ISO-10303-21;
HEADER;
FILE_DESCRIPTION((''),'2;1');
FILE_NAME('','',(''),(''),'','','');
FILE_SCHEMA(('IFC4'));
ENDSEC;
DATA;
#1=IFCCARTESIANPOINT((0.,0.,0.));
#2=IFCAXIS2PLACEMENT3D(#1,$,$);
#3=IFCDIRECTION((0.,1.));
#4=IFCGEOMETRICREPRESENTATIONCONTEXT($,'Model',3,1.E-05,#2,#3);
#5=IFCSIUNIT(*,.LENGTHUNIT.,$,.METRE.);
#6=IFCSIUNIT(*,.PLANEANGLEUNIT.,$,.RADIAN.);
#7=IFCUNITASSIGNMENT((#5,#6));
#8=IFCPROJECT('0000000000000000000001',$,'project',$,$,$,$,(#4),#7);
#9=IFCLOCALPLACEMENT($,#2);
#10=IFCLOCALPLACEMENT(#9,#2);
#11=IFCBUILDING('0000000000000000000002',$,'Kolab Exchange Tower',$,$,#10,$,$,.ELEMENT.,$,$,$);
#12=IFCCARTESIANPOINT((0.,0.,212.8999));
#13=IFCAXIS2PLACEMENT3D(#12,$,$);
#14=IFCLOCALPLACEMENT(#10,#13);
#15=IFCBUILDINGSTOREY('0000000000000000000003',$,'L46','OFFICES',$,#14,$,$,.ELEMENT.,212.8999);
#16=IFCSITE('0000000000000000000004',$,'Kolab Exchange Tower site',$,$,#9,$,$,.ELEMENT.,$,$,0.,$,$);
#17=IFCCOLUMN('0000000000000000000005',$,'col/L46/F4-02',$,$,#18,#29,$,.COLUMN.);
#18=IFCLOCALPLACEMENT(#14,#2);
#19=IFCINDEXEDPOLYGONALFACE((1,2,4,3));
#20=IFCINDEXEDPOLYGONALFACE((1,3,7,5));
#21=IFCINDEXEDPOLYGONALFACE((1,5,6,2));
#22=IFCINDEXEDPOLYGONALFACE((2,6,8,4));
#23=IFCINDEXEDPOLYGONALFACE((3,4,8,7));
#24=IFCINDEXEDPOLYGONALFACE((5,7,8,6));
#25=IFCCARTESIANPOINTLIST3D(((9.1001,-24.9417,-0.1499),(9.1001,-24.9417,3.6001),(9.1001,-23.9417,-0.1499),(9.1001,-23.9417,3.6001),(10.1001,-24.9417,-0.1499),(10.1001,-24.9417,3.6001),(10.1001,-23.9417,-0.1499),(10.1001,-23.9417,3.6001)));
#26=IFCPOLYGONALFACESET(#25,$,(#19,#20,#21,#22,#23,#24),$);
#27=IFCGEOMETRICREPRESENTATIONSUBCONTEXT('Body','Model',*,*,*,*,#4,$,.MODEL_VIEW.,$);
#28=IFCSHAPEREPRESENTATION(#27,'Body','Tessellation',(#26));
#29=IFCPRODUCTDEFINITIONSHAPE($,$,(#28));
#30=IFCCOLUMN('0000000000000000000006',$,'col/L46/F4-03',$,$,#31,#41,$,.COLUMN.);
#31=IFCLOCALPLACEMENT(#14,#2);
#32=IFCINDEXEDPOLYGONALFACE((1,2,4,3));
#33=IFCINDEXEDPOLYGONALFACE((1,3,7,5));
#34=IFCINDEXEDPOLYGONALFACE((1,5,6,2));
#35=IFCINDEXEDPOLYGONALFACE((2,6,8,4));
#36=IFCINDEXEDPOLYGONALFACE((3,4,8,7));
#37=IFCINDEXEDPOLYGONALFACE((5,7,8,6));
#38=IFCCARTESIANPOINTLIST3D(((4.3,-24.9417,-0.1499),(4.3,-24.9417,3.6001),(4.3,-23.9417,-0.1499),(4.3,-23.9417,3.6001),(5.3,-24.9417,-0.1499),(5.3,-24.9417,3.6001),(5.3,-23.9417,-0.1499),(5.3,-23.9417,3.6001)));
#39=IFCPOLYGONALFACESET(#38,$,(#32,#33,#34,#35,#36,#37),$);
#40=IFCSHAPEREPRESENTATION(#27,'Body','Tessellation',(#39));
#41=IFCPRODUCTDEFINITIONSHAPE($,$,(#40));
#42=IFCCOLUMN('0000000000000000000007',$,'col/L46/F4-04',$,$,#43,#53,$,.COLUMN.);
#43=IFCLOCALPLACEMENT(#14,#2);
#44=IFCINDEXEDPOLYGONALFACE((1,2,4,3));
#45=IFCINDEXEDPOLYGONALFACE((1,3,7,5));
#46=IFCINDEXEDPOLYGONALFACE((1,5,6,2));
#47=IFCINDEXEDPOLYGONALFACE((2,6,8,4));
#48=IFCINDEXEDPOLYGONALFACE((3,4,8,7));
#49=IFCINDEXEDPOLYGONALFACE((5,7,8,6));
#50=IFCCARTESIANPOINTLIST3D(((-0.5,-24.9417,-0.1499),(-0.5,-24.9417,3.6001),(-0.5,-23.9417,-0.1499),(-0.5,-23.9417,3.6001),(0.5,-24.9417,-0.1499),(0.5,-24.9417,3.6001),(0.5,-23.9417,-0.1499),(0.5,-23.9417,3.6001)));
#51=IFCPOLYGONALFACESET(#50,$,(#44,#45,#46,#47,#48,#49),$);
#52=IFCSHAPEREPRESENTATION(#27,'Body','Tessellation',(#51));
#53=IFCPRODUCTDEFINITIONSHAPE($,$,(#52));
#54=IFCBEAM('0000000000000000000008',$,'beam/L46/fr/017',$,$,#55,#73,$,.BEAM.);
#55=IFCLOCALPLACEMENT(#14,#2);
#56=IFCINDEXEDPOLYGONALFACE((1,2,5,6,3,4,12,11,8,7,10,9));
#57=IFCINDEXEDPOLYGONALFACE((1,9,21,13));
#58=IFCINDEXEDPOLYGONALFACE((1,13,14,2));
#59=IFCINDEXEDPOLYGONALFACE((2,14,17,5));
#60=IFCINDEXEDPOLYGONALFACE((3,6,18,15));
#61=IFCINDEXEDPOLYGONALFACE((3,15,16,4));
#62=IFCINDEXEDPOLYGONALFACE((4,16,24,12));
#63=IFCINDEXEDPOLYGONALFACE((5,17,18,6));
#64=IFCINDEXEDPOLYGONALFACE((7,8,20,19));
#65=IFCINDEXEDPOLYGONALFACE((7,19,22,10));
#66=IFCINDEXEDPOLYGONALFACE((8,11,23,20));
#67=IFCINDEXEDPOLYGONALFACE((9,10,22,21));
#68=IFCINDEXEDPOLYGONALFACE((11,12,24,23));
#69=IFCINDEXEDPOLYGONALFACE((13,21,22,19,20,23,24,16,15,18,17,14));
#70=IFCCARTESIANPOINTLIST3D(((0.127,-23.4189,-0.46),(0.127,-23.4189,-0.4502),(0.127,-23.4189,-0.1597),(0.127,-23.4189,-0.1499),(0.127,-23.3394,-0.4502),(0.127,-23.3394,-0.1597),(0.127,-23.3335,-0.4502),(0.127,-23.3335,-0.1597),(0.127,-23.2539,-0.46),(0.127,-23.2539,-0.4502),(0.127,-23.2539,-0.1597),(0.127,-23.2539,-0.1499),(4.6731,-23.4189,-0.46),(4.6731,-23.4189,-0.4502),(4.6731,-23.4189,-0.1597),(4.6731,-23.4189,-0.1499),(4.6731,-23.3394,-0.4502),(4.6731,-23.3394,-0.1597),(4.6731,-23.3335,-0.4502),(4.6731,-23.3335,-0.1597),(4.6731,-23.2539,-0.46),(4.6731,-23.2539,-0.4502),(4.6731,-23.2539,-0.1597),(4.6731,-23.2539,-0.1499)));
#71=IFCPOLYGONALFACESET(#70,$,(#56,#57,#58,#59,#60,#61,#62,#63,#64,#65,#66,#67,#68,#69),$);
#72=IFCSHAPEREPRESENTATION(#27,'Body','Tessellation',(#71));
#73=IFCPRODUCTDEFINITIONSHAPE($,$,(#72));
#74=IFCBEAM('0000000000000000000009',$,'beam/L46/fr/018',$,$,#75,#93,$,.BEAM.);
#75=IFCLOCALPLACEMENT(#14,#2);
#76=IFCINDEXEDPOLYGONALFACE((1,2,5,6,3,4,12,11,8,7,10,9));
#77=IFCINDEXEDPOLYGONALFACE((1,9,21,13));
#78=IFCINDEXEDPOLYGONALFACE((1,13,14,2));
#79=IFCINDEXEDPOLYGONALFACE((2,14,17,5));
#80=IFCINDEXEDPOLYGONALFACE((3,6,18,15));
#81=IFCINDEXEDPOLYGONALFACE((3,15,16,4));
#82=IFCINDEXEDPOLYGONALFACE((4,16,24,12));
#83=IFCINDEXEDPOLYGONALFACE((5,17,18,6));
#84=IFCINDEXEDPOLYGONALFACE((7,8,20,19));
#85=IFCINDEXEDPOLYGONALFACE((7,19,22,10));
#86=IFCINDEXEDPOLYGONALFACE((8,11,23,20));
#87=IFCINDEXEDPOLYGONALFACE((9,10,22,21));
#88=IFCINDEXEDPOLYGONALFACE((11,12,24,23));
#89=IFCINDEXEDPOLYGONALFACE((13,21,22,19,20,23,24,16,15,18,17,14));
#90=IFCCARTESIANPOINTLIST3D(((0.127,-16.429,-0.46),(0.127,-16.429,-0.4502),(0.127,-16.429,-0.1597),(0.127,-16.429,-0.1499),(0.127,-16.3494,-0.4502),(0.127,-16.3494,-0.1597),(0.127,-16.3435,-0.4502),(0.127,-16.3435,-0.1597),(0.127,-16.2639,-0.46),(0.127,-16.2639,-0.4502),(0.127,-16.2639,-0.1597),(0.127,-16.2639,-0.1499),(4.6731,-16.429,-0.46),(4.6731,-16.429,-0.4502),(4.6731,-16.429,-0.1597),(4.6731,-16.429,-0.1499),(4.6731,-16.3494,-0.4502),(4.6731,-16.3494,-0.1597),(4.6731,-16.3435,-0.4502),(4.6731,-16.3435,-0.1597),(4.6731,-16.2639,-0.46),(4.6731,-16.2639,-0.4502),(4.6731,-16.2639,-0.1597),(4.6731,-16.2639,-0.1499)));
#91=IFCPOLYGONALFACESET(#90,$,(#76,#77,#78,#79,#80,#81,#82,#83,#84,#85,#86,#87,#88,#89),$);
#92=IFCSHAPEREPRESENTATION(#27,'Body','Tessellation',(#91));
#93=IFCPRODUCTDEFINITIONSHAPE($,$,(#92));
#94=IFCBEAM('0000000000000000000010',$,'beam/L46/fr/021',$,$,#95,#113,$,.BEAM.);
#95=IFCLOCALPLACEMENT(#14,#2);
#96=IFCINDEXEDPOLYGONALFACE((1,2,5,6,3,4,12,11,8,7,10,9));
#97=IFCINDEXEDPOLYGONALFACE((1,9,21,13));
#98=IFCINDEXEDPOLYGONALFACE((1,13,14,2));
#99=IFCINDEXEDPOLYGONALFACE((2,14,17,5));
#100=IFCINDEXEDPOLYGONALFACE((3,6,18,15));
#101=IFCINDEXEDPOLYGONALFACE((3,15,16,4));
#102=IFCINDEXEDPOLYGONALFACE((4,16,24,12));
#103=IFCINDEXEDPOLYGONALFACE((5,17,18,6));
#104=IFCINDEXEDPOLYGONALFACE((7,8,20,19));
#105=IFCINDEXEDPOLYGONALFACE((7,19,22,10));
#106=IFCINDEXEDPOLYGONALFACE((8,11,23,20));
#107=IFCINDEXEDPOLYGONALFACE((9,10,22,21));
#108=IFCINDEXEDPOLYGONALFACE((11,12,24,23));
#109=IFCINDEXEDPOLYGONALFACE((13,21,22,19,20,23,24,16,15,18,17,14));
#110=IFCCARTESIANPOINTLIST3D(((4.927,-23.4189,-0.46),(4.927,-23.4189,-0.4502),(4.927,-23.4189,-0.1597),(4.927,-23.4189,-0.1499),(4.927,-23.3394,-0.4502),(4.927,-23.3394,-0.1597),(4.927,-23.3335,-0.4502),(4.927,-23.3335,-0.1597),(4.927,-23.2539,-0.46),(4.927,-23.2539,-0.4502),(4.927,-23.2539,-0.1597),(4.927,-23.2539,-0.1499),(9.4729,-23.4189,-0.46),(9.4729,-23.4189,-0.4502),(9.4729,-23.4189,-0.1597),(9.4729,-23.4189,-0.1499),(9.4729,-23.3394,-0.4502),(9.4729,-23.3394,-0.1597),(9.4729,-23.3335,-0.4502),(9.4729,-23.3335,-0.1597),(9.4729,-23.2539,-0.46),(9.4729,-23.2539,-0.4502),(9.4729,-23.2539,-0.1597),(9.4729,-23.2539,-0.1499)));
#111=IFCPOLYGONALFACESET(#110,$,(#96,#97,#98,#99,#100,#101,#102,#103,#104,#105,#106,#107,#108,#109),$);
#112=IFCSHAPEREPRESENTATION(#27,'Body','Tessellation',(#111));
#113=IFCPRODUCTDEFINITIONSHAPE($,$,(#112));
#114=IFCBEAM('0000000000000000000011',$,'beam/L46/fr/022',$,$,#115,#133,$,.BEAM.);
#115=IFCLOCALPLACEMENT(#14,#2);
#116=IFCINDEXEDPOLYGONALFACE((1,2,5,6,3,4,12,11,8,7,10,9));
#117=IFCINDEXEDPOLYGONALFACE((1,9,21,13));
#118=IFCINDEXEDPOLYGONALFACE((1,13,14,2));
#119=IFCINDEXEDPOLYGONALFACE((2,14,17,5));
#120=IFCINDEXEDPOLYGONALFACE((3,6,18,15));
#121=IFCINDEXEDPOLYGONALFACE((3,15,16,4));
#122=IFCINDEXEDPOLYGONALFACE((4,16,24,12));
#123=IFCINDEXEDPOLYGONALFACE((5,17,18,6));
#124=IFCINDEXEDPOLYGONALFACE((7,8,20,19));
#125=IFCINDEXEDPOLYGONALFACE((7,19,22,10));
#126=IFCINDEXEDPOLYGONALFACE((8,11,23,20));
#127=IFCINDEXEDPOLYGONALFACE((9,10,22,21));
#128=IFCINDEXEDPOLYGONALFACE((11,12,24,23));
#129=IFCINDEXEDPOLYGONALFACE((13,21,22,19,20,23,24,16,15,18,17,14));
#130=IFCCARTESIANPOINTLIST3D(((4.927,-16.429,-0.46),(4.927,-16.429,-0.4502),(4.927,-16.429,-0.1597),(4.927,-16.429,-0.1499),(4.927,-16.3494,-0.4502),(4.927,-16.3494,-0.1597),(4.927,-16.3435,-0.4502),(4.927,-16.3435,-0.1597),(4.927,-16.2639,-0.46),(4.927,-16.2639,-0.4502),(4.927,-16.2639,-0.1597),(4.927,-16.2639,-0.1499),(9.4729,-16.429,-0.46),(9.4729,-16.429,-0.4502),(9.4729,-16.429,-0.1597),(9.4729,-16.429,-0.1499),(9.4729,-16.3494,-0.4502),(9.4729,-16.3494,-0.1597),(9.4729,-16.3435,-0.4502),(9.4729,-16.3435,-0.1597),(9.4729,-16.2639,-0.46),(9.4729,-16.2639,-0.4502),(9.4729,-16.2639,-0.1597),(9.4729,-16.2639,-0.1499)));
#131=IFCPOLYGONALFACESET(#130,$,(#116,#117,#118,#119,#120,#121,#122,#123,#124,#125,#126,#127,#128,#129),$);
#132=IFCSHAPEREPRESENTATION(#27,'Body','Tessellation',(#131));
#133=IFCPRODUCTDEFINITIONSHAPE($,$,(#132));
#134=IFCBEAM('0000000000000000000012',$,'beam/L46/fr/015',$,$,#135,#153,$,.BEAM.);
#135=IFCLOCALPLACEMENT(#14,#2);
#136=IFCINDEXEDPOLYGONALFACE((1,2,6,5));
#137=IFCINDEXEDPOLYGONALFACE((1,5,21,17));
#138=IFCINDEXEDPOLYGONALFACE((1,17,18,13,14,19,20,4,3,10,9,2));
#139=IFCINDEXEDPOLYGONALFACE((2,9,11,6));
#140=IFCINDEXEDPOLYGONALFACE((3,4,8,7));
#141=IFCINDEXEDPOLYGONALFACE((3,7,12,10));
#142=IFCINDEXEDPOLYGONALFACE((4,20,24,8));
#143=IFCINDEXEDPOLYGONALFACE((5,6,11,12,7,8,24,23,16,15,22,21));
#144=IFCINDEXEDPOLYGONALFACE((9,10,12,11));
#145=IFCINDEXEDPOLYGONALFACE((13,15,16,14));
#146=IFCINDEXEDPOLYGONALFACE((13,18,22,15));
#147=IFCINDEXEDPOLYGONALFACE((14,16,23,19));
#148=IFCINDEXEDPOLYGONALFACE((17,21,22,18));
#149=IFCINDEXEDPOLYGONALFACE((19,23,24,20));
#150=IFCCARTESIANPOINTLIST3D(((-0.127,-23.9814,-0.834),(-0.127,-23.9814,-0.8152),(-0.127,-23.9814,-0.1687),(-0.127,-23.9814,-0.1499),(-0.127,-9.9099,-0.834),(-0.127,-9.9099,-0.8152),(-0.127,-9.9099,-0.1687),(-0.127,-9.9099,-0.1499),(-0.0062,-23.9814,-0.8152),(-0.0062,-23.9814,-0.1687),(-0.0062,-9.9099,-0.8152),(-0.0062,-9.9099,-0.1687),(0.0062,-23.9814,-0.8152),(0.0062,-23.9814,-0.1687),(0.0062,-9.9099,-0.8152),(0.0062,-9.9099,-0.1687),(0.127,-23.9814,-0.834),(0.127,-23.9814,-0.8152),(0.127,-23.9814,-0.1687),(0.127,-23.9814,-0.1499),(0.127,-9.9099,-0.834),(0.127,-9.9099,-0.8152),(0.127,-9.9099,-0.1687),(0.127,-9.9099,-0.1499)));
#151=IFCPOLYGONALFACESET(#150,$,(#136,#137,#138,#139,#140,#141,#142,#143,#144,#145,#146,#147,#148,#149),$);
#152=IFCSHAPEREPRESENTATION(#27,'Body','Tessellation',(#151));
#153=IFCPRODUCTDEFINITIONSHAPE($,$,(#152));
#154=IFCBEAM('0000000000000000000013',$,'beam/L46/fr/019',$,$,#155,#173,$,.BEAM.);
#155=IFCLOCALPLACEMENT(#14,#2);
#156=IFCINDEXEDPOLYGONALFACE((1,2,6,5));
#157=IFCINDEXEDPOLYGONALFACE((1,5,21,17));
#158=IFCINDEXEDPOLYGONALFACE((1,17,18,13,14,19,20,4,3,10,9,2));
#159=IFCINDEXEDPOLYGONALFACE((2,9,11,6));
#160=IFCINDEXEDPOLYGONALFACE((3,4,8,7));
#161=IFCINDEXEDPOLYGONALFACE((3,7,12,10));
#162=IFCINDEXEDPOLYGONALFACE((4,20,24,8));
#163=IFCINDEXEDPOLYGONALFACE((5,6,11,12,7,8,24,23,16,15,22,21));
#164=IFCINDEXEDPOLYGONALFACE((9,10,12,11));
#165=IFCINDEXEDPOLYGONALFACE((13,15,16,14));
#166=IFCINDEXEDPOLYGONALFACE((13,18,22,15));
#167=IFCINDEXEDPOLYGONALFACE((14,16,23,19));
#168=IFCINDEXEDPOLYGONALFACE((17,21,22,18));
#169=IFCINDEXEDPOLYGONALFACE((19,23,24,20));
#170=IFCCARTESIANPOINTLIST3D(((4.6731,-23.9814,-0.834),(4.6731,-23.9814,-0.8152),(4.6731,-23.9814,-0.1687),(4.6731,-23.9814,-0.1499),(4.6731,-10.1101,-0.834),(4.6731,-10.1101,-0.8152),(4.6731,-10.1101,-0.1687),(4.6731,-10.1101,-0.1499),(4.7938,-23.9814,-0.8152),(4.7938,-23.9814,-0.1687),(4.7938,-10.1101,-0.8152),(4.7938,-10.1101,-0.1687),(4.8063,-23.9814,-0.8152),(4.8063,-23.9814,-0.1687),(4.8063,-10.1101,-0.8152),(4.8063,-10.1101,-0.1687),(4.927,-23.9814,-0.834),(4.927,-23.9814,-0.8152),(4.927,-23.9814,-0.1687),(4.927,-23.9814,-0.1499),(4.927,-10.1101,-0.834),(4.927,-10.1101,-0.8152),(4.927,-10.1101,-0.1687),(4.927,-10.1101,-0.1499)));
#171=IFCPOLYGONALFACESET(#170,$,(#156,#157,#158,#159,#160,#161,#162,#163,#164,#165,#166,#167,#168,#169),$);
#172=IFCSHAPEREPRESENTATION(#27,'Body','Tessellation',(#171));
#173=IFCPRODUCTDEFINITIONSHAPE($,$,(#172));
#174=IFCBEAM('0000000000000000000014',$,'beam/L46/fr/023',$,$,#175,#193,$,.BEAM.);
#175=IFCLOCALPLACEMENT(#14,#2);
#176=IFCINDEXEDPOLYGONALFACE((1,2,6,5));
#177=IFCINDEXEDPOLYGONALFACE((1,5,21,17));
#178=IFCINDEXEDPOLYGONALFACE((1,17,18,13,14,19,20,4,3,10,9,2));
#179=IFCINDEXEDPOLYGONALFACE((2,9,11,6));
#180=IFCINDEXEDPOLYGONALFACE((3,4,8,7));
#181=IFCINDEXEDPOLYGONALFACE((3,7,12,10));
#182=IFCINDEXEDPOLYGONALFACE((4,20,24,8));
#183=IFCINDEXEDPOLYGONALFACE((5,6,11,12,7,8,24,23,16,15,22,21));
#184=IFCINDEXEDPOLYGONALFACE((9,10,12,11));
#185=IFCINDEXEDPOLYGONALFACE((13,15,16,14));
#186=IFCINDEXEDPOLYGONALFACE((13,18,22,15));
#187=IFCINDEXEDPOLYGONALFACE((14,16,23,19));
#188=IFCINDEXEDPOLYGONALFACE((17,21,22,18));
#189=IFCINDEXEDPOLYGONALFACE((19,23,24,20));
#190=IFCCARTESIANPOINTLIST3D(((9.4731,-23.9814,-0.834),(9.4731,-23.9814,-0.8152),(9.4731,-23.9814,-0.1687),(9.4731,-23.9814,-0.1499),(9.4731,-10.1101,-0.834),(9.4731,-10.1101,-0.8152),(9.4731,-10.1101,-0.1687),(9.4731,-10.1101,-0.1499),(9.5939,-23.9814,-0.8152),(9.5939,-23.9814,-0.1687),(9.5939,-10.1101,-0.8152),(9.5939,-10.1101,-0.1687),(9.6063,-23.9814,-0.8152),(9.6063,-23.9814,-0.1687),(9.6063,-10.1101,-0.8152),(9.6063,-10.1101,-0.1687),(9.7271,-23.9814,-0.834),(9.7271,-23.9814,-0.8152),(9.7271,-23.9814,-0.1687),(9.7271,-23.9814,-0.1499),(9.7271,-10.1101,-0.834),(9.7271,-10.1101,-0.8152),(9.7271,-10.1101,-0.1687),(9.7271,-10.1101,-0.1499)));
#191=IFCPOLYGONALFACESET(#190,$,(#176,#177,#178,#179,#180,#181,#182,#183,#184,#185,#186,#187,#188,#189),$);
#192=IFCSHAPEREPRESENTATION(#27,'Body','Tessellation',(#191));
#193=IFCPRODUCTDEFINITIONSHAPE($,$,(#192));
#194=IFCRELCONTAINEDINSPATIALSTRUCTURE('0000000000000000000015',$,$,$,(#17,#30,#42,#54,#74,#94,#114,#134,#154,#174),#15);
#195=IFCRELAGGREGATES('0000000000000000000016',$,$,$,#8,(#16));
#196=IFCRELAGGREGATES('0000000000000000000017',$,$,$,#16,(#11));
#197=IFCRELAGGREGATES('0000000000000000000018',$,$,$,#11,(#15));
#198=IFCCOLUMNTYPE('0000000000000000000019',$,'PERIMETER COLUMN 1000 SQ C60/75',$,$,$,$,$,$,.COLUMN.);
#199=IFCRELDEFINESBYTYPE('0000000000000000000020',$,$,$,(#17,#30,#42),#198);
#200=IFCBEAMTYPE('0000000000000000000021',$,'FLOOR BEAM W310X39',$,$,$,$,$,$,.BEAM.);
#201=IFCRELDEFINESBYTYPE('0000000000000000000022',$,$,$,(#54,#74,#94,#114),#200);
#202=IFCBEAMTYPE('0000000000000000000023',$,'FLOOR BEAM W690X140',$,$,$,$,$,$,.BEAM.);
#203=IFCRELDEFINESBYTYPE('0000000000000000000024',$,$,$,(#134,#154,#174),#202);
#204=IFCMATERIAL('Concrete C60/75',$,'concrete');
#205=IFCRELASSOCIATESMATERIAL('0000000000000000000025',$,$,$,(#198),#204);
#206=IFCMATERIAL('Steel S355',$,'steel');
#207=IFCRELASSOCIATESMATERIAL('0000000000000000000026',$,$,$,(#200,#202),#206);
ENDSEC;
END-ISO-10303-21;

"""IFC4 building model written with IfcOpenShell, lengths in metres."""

from ifc_helpers import new_model, si_unit, direction, frame, origin, origin_2d, place, context, subcontext, project, spatial, rectangle, i_section, extrude, material, material_profile, profile_set, type_object, element, save


model = new_model("IFC4")

# Units and contexts
model_context = context("Model", 3, precision=1e-05, world=origin(), true_north=direction((0.0, 1.0)))
body_context = subcontext(model_context, "Body", "Model", "MODEL_VIEW")
ifc_project = project(units=[si_unit("LENGTHUNIT", "METRE"), si_unit("PLANEANGLEUNIT", "RADIAN")], contexts=[model_context])

# Site, building, storey
site_placement = place(None, origin())
site = spatial("IfcSite", under=ifc_project, at=site_placement, Name="Kolab Exchange Tower site", CompositionType="ELEMENT", RefElevation=0.0)
building_placement = place(site_placement, origin())
building = spatial("IfcBuilding", under=site, at=building_placement, Name="Kolab Exchange Tower", CompositionType="ELEMENT")
storey_placement = place(building_placement, frame((0.0, 0.0, 212.8999)))
storey = spatial("IfcBuildingStorey", under=building, at=storey_placement, Name="L46", Description="OFFICES", CompositionType="ELEMENT", Elevation=212.8999)

# Columns
ifc_material_1 = material(Name="Concrete C60/75", Category="concrete")
ifc_material_profile_1 = material_profile(ifc_material_1, rectangle(XDim=1.0, YDim=1.0, at=origin_2d()), Name="RC1000")
ifc_profile_set_1 = profile_set([ifc_material_profile_1], Name="Concrete C60/75")
column_type = type_object("IfcColumnType", Name="PERIMETER COLUMN 1000 SQ C60/75", PredefinedType="COLUMN", material=ifc_profile_set_1)
for number, where, z_axis, x_axis, name in (
    (1, (9.6001, -24.4417, -0.1499), (0.0, 0.0, 1.0), (1.0, 0.0, 0.0), "col/L46/F4-02"),
    (2, (4.8, -24.4417, -0.1499), (0.0, 0.0, 1.0), (1.0, 0.0, 0.0), "col/L46/F4-03"),
    (3, (0.0, -24.4417, -0.1499), (0.0, 0.0, 1.0), (1.0, 0.0, 0.0), "col/L46/F4-04"),
):
    element("IfcColumn", number, at=place(storey_placement, frame(where, z_axis=z_axis, x_axis=x_axis)), inside=storey, type_object=column_type, Name=name, PredefinedType="COLUMN", context=body_context, shape_type="SweptSolid", body=[
        extrude(rectangle(XDim=1.0, YDim=1.0, at=origin_2d()), origin(), (0.0, 0.0, 1.0), 3.75),
    ])

# Beams
ifc_material_2 = material(Name="Steel S355", Category="steel")
ifc_material_profile_2 = material_profile(ifc_material_2, i_section(OverallWidth=0.165, OverallDepth=0.3101, WebThickness=0.0059, FlangeThickness=0.0098, at=origin_2d()), Name="W310X39")
ifc_profile_set_2 = profile_set([ifc_material_profile_2], Name="Steel S355")
beam_type_1 = type_object("IfcBeamType", Name="FLOOR BEAM W310X39", PredefinedType="BEAM", material=ifc_profile_set_2)
for number, where, z_axis, x_axis, name in (
    (4, (0.127, -23.3364, -0.3049), (1.0, 0.0, 0.0), (0.0, 1.0, 0.0), "beam/L46/fr/017"),
    (5, (0.127, -16.3464, -0.3049), (1.0, 0.0, 0.0), (0.0, 1.0, 0.0), "beam/L46/fr/018"),
):
    element("IfcBeam", number, at=place(storey_placement, frame(where, z_axis=z_axis, x_axis=x_axis)), inside=storey, type_object=beam_type_1, Name=name, PredefinedType="BEAM", context=body_context, shape_type="SweptSolid", body=[
        extrude(i_section(OverallWidth=0.165, OverallDepth=0.3101, WebThickness=0.0059, FlangeThickness=0.0098, at=origin_2d()), origin(), (0.0, 0.0, 1.0), 4.5461),
    ])
for number, where, z_axis, x_axis, name in (
    (6, (4.927, -23.3364, -0.3049), (1.0, 0.0, 0.0), (0.0, 1.0, 0.0), "beam/L46/fr/021"),
    (7, (4.927, -16.3464, -0.3049), (1.0, 0.0, 0.0), (0.0, 1.0, 0.0), "beam/L46/fr/022"),
):
    element("IfcBeam", number, at=place(storey_placement, frame(where, z_axis=z_axis, x_axis=x_axis)), inside=storey, type_object=beam_type_1, Name=name, PredefinedType="BEAM", context=body_context, shape_type="SweptSolid", body=[
        extrude(i_section(OverallWidth=0.165, OverallDepth=0.3101, WebThickness=0.0059, FlangeThickness=0.0098, at=origin_2d()), origin(), (0.0, 0.0, 1.0), 4.5459),
    ])
ifc_material_profile_3 = material_profile(ifc_material_2, i_section(OverallWidth=0.2539, OverallDepth=0.6841, WebThickness=0.0125, FlangeThickness=0.0188, at=origin_2d()), Name="W690X140")
ifc_profile_set_3 = profile_set([ifc_material_profile_3], Name="Steel S355")
beam_type_2 = type_object("IfcBeamType", Name="FLOOR BEAM W690X140", PredefinedType="BEAM", material=ifc_profile_set_3)
beam_1_placement = place(storey_placement, frame((0.0, -23.9814, -0.4919), z_axis=(0.0, 1.0, 0.0), x_axis=(-1.0, 0.0, 0.0)))
element("IfcBeam", 8, at=beam_1_placement, inside=storey, type_object=beam_type_2, Name="beam/L46/fr/015", PredefinedType="BEAM", context=body_context, shape_type="SweptSolid", body=[
    extrude(i_section(OverallWidth=0.2539, OverallDepth=0.6841, WebThickness=0.0125, FlangeThickness=0.0188, at=origin_2d()), origin(), (0.0, 0.0, 1.0), 14.0715),
])
for number, where, z_axis, x_axis, name in (
    (9, (4.8, -23.9814, -0.4919), (0.0, 1.0, 0.0), (-1.0, 0.0, 0.0), "beam/L46/fr/019"),
    (10, (9.6001, -23.9814, -0.4919), (0.0, 1.0, 0.0), (-1.0, 0.0, 0.0), "beam/L46/fr/023"),
):
    element("IfcBeam", number, at=place(storey_placement, frame(where, z_axis=z_axis, x_axis=x_axis)), inside=storey, type_object=beam_type_2, Name=name, PredefinedType="BEAM", context=body_context, shape_type="SweptSolid", body=[
        extrude(i_section(OverallWidth=0.2539, OverallDepth=0.6841, WebThickness=0.0125, FlangeThickness=0.0188, at=origin_2d()), origin(), (0.0, 0.0, 1.0), 13.8713),
    ])

save(model, "model.ifc")
